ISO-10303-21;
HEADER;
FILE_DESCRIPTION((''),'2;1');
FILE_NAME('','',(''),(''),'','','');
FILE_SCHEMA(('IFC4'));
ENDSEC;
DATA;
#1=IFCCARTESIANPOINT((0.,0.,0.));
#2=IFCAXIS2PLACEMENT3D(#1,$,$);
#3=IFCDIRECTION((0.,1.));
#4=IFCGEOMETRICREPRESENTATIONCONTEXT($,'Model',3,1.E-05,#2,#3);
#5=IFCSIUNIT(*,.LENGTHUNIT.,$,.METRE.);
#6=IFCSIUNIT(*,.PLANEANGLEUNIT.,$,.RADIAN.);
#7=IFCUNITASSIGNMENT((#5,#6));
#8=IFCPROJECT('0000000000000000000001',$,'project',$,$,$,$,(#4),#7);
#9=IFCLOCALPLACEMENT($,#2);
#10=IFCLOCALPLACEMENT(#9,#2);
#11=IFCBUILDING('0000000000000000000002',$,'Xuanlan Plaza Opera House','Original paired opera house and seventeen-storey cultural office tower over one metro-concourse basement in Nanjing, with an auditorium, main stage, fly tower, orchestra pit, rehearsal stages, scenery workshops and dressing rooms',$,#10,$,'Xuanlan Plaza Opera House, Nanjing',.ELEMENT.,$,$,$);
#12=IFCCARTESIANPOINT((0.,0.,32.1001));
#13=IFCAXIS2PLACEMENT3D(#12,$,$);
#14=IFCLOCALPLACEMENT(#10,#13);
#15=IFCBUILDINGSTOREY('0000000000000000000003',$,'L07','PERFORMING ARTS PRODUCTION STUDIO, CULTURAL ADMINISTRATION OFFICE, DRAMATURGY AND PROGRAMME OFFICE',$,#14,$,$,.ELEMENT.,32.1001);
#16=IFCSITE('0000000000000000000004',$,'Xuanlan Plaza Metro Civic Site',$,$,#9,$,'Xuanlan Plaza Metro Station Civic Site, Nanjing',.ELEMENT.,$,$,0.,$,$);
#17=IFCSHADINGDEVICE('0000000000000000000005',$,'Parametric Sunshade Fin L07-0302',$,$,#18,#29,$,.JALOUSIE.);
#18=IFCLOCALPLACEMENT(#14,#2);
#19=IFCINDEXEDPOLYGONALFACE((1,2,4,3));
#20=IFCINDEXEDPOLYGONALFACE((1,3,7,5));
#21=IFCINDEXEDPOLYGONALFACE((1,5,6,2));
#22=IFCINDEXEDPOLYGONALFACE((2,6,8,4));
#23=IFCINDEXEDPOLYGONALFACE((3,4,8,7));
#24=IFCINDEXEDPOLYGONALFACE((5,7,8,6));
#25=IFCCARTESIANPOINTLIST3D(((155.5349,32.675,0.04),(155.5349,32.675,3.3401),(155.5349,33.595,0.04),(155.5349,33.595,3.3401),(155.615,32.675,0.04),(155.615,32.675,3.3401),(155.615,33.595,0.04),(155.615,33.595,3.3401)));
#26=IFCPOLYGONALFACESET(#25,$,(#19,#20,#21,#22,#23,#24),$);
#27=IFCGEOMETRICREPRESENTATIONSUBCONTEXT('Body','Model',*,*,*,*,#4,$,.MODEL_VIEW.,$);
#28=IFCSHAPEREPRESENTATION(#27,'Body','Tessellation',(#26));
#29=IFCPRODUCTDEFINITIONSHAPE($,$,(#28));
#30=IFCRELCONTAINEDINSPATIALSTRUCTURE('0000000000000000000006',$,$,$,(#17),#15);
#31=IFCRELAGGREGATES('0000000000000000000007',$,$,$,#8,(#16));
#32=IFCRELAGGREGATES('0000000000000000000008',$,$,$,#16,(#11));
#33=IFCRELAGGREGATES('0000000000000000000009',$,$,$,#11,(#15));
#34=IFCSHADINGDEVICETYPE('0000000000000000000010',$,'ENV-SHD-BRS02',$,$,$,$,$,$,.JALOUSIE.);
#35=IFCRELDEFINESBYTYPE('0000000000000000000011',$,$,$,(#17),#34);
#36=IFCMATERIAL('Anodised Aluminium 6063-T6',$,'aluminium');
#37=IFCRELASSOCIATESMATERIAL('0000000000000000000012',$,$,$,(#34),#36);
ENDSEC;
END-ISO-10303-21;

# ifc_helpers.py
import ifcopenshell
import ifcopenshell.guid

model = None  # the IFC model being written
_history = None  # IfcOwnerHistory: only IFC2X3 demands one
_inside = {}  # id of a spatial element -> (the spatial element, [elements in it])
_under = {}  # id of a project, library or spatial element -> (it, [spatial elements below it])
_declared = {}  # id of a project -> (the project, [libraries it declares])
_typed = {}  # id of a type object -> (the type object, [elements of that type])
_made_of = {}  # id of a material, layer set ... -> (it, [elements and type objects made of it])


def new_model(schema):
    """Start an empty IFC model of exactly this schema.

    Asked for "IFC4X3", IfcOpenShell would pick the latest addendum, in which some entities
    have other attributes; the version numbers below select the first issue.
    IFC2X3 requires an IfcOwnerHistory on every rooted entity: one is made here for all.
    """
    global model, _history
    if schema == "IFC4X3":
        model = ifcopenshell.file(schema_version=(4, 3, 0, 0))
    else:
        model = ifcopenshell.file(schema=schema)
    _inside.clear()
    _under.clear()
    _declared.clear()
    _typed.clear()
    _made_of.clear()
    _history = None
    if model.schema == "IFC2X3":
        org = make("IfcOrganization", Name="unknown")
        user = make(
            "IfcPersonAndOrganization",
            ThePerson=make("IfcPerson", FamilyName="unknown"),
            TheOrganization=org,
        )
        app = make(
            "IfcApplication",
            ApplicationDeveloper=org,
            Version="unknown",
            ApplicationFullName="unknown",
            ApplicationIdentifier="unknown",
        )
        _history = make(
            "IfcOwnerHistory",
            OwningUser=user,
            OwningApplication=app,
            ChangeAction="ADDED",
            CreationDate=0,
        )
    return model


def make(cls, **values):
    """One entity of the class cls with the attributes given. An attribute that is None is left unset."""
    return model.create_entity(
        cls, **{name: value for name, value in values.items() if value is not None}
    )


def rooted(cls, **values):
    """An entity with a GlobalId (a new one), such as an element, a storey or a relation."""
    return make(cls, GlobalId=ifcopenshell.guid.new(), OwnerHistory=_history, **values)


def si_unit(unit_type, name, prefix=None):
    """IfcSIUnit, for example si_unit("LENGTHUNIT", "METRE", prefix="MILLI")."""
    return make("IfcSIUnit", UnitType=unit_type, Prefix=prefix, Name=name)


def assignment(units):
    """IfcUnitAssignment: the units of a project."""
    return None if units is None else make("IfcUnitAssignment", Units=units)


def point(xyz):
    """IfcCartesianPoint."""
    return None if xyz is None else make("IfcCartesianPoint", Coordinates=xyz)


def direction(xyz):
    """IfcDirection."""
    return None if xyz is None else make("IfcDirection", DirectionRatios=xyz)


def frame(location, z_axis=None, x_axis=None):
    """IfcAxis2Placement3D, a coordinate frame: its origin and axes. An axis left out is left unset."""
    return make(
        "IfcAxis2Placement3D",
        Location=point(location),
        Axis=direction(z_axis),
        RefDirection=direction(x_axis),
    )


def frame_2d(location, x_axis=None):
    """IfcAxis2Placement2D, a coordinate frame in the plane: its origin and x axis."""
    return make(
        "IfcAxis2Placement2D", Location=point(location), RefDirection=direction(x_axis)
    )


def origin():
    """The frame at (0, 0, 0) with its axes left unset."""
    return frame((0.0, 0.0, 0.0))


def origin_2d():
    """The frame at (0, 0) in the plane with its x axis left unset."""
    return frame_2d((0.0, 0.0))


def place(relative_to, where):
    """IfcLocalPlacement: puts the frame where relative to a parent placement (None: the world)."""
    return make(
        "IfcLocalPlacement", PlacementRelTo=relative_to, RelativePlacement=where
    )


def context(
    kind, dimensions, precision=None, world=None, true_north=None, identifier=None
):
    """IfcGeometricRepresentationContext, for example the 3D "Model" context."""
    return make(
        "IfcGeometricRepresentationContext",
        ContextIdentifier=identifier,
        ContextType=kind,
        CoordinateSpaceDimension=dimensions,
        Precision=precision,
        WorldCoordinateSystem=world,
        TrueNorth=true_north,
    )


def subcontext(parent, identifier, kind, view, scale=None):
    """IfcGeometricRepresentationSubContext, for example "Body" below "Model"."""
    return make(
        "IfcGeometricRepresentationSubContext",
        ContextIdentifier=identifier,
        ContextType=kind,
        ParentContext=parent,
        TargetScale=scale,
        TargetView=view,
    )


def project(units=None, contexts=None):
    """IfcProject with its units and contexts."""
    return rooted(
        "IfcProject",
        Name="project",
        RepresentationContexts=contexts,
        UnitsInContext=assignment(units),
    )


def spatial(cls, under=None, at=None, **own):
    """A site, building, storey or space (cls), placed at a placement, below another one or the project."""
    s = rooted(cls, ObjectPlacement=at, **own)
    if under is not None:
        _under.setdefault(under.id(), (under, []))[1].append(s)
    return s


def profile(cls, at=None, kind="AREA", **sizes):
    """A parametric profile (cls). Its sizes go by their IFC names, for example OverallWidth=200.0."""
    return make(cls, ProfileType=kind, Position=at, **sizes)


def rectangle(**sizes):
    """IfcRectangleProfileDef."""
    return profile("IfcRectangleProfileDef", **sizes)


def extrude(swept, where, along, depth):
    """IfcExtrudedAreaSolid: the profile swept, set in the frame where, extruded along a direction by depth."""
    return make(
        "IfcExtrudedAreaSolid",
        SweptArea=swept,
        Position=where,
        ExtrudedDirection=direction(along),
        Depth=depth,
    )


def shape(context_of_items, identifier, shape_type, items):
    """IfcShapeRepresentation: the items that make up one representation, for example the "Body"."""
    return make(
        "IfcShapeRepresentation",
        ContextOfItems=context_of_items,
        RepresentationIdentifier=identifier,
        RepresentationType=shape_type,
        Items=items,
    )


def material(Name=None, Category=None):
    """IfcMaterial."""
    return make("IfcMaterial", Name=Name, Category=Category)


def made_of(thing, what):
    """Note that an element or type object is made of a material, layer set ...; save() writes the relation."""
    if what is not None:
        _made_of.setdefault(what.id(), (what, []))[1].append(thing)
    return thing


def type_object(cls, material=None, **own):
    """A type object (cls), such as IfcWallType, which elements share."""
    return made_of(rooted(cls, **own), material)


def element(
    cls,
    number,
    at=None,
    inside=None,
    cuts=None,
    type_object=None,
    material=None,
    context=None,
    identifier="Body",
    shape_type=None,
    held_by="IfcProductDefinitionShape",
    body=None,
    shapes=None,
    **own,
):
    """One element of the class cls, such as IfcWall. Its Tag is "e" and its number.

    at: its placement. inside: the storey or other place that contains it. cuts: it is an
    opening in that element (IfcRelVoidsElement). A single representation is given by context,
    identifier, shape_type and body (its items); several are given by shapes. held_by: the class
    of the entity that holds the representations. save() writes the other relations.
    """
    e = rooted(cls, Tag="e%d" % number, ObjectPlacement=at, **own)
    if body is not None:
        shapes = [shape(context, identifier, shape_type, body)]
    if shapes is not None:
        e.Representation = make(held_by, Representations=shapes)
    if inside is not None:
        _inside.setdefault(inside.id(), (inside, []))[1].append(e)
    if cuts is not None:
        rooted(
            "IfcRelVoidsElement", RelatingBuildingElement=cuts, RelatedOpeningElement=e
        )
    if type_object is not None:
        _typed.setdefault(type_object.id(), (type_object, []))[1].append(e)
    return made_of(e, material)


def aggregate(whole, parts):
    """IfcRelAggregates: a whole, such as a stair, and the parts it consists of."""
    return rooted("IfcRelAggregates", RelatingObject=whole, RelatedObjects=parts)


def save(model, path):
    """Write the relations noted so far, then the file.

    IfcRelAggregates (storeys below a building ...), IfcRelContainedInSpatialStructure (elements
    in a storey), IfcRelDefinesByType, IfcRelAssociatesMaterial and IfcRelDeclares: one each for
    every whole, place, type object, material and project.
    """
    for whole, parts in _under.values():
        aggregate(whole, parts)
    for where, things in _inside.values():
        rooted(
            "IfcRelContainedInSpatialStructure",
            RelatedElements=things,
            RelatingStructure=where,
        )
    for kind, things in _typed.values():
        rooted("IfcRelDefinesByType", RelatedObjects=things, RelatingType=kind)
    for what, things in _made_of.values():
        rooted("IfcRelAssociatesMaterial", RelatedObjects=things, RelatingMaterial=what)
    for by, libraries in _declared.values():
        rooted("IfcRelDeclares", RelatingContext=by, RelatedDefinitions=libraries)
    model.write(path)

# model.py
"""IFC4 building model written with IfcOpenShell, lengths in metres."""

from ifc_helpers import new_model, si_unit, direction, frame, origin, origin_2d, place, context, subcontext, project, spatial, rectangle, extrude, material, type_object, element, save


model = new_model("IFC4")

# Units and contexts
model_context = context("Model", 3, precision=1e-05, world=origin(), true_north=direction((0.0, 1.0)))
body_context = subcontext(model_context, "Body", "Model", "MODEL_VIEW")
ifc_project = project(units=[si_unit("LENGTHUNIT", "METRE"), si_unit("PLANEANGLEUNIT", "RADIAN")], contexts=[model_context])

# Site, building, storey
site_placement = place(None, origin())
site = spatial("IfcSite", under=ifc_project, at=site_placement, Name="Xuanlan Plaza Metro Civic Site", LongName="Xuanlan Plaza Metro Station Civic Site, Nanjing", CompositionType="ELEMENT", RefElevation=0.0)
building_placement = place(site_placement, origin())
building = spatial("IfcBuilding", under=site, at=building_placement, Name="Xuanlan Plaza Opera House", Description="Original paired opera house and seventeen-storey cultural office tower over one metro-concourse basement in Nanjing, with an auditorium, main stage, fly tower, orchestra pit, rehearsal stages, scenery workshops and dressing rooms", LongName="Xuanlan Plaza Opera House, Nanjing", CompositionType="ELEMENT")
storey_placement = place(building_placement, frame((0.0, 0.0, 32.1001)))
storey = spatial("IfcBuildingStorey", under=building, at=storey_placement, Name="L07", Description="PERFORMING ARTS PRODUCTION STUDIO, CULTURAL ADMINISTRATION OFFICE, DRAMATURGY AND PROGRAMME OFFICE", CompositionType="ELEMENT", Elevation=32.1001)

# Shared definitions
ifc_material_1 = material(Name="Anodised Aluminium 6063-T6", Category="aluminium")

# Shading device
shading_device_type_1 = type_object("IfcShadingDeviceType", Name="ENV-SHD-BRS02", PredefinedType="JALOUSIE", material=ifc_material_1)
shading_device_1_placement = place(storey_placement, frame((155.575, 33.135, 0.04), z_axis=(0.0, 0.0, 1.0), x_axis=(0.0, -1.0, 0.0)))
element("IfcShadingDevice", 1, at=shading_device_1_placement, inside=storey, type_object=shading_device_type_1, Name="Parametric Sunshade Fin L07-0302", PredefinedType="JALOUSIE", context=body_context, shape_type="SweptSolid", body=[
    extrude(rectangle(XDim=0.9199, YDim=0.0801, at=origin_2d()), origin(), (0.0, 0.0, 1.0), 3.3),
])

save(model, "model.ifc")
